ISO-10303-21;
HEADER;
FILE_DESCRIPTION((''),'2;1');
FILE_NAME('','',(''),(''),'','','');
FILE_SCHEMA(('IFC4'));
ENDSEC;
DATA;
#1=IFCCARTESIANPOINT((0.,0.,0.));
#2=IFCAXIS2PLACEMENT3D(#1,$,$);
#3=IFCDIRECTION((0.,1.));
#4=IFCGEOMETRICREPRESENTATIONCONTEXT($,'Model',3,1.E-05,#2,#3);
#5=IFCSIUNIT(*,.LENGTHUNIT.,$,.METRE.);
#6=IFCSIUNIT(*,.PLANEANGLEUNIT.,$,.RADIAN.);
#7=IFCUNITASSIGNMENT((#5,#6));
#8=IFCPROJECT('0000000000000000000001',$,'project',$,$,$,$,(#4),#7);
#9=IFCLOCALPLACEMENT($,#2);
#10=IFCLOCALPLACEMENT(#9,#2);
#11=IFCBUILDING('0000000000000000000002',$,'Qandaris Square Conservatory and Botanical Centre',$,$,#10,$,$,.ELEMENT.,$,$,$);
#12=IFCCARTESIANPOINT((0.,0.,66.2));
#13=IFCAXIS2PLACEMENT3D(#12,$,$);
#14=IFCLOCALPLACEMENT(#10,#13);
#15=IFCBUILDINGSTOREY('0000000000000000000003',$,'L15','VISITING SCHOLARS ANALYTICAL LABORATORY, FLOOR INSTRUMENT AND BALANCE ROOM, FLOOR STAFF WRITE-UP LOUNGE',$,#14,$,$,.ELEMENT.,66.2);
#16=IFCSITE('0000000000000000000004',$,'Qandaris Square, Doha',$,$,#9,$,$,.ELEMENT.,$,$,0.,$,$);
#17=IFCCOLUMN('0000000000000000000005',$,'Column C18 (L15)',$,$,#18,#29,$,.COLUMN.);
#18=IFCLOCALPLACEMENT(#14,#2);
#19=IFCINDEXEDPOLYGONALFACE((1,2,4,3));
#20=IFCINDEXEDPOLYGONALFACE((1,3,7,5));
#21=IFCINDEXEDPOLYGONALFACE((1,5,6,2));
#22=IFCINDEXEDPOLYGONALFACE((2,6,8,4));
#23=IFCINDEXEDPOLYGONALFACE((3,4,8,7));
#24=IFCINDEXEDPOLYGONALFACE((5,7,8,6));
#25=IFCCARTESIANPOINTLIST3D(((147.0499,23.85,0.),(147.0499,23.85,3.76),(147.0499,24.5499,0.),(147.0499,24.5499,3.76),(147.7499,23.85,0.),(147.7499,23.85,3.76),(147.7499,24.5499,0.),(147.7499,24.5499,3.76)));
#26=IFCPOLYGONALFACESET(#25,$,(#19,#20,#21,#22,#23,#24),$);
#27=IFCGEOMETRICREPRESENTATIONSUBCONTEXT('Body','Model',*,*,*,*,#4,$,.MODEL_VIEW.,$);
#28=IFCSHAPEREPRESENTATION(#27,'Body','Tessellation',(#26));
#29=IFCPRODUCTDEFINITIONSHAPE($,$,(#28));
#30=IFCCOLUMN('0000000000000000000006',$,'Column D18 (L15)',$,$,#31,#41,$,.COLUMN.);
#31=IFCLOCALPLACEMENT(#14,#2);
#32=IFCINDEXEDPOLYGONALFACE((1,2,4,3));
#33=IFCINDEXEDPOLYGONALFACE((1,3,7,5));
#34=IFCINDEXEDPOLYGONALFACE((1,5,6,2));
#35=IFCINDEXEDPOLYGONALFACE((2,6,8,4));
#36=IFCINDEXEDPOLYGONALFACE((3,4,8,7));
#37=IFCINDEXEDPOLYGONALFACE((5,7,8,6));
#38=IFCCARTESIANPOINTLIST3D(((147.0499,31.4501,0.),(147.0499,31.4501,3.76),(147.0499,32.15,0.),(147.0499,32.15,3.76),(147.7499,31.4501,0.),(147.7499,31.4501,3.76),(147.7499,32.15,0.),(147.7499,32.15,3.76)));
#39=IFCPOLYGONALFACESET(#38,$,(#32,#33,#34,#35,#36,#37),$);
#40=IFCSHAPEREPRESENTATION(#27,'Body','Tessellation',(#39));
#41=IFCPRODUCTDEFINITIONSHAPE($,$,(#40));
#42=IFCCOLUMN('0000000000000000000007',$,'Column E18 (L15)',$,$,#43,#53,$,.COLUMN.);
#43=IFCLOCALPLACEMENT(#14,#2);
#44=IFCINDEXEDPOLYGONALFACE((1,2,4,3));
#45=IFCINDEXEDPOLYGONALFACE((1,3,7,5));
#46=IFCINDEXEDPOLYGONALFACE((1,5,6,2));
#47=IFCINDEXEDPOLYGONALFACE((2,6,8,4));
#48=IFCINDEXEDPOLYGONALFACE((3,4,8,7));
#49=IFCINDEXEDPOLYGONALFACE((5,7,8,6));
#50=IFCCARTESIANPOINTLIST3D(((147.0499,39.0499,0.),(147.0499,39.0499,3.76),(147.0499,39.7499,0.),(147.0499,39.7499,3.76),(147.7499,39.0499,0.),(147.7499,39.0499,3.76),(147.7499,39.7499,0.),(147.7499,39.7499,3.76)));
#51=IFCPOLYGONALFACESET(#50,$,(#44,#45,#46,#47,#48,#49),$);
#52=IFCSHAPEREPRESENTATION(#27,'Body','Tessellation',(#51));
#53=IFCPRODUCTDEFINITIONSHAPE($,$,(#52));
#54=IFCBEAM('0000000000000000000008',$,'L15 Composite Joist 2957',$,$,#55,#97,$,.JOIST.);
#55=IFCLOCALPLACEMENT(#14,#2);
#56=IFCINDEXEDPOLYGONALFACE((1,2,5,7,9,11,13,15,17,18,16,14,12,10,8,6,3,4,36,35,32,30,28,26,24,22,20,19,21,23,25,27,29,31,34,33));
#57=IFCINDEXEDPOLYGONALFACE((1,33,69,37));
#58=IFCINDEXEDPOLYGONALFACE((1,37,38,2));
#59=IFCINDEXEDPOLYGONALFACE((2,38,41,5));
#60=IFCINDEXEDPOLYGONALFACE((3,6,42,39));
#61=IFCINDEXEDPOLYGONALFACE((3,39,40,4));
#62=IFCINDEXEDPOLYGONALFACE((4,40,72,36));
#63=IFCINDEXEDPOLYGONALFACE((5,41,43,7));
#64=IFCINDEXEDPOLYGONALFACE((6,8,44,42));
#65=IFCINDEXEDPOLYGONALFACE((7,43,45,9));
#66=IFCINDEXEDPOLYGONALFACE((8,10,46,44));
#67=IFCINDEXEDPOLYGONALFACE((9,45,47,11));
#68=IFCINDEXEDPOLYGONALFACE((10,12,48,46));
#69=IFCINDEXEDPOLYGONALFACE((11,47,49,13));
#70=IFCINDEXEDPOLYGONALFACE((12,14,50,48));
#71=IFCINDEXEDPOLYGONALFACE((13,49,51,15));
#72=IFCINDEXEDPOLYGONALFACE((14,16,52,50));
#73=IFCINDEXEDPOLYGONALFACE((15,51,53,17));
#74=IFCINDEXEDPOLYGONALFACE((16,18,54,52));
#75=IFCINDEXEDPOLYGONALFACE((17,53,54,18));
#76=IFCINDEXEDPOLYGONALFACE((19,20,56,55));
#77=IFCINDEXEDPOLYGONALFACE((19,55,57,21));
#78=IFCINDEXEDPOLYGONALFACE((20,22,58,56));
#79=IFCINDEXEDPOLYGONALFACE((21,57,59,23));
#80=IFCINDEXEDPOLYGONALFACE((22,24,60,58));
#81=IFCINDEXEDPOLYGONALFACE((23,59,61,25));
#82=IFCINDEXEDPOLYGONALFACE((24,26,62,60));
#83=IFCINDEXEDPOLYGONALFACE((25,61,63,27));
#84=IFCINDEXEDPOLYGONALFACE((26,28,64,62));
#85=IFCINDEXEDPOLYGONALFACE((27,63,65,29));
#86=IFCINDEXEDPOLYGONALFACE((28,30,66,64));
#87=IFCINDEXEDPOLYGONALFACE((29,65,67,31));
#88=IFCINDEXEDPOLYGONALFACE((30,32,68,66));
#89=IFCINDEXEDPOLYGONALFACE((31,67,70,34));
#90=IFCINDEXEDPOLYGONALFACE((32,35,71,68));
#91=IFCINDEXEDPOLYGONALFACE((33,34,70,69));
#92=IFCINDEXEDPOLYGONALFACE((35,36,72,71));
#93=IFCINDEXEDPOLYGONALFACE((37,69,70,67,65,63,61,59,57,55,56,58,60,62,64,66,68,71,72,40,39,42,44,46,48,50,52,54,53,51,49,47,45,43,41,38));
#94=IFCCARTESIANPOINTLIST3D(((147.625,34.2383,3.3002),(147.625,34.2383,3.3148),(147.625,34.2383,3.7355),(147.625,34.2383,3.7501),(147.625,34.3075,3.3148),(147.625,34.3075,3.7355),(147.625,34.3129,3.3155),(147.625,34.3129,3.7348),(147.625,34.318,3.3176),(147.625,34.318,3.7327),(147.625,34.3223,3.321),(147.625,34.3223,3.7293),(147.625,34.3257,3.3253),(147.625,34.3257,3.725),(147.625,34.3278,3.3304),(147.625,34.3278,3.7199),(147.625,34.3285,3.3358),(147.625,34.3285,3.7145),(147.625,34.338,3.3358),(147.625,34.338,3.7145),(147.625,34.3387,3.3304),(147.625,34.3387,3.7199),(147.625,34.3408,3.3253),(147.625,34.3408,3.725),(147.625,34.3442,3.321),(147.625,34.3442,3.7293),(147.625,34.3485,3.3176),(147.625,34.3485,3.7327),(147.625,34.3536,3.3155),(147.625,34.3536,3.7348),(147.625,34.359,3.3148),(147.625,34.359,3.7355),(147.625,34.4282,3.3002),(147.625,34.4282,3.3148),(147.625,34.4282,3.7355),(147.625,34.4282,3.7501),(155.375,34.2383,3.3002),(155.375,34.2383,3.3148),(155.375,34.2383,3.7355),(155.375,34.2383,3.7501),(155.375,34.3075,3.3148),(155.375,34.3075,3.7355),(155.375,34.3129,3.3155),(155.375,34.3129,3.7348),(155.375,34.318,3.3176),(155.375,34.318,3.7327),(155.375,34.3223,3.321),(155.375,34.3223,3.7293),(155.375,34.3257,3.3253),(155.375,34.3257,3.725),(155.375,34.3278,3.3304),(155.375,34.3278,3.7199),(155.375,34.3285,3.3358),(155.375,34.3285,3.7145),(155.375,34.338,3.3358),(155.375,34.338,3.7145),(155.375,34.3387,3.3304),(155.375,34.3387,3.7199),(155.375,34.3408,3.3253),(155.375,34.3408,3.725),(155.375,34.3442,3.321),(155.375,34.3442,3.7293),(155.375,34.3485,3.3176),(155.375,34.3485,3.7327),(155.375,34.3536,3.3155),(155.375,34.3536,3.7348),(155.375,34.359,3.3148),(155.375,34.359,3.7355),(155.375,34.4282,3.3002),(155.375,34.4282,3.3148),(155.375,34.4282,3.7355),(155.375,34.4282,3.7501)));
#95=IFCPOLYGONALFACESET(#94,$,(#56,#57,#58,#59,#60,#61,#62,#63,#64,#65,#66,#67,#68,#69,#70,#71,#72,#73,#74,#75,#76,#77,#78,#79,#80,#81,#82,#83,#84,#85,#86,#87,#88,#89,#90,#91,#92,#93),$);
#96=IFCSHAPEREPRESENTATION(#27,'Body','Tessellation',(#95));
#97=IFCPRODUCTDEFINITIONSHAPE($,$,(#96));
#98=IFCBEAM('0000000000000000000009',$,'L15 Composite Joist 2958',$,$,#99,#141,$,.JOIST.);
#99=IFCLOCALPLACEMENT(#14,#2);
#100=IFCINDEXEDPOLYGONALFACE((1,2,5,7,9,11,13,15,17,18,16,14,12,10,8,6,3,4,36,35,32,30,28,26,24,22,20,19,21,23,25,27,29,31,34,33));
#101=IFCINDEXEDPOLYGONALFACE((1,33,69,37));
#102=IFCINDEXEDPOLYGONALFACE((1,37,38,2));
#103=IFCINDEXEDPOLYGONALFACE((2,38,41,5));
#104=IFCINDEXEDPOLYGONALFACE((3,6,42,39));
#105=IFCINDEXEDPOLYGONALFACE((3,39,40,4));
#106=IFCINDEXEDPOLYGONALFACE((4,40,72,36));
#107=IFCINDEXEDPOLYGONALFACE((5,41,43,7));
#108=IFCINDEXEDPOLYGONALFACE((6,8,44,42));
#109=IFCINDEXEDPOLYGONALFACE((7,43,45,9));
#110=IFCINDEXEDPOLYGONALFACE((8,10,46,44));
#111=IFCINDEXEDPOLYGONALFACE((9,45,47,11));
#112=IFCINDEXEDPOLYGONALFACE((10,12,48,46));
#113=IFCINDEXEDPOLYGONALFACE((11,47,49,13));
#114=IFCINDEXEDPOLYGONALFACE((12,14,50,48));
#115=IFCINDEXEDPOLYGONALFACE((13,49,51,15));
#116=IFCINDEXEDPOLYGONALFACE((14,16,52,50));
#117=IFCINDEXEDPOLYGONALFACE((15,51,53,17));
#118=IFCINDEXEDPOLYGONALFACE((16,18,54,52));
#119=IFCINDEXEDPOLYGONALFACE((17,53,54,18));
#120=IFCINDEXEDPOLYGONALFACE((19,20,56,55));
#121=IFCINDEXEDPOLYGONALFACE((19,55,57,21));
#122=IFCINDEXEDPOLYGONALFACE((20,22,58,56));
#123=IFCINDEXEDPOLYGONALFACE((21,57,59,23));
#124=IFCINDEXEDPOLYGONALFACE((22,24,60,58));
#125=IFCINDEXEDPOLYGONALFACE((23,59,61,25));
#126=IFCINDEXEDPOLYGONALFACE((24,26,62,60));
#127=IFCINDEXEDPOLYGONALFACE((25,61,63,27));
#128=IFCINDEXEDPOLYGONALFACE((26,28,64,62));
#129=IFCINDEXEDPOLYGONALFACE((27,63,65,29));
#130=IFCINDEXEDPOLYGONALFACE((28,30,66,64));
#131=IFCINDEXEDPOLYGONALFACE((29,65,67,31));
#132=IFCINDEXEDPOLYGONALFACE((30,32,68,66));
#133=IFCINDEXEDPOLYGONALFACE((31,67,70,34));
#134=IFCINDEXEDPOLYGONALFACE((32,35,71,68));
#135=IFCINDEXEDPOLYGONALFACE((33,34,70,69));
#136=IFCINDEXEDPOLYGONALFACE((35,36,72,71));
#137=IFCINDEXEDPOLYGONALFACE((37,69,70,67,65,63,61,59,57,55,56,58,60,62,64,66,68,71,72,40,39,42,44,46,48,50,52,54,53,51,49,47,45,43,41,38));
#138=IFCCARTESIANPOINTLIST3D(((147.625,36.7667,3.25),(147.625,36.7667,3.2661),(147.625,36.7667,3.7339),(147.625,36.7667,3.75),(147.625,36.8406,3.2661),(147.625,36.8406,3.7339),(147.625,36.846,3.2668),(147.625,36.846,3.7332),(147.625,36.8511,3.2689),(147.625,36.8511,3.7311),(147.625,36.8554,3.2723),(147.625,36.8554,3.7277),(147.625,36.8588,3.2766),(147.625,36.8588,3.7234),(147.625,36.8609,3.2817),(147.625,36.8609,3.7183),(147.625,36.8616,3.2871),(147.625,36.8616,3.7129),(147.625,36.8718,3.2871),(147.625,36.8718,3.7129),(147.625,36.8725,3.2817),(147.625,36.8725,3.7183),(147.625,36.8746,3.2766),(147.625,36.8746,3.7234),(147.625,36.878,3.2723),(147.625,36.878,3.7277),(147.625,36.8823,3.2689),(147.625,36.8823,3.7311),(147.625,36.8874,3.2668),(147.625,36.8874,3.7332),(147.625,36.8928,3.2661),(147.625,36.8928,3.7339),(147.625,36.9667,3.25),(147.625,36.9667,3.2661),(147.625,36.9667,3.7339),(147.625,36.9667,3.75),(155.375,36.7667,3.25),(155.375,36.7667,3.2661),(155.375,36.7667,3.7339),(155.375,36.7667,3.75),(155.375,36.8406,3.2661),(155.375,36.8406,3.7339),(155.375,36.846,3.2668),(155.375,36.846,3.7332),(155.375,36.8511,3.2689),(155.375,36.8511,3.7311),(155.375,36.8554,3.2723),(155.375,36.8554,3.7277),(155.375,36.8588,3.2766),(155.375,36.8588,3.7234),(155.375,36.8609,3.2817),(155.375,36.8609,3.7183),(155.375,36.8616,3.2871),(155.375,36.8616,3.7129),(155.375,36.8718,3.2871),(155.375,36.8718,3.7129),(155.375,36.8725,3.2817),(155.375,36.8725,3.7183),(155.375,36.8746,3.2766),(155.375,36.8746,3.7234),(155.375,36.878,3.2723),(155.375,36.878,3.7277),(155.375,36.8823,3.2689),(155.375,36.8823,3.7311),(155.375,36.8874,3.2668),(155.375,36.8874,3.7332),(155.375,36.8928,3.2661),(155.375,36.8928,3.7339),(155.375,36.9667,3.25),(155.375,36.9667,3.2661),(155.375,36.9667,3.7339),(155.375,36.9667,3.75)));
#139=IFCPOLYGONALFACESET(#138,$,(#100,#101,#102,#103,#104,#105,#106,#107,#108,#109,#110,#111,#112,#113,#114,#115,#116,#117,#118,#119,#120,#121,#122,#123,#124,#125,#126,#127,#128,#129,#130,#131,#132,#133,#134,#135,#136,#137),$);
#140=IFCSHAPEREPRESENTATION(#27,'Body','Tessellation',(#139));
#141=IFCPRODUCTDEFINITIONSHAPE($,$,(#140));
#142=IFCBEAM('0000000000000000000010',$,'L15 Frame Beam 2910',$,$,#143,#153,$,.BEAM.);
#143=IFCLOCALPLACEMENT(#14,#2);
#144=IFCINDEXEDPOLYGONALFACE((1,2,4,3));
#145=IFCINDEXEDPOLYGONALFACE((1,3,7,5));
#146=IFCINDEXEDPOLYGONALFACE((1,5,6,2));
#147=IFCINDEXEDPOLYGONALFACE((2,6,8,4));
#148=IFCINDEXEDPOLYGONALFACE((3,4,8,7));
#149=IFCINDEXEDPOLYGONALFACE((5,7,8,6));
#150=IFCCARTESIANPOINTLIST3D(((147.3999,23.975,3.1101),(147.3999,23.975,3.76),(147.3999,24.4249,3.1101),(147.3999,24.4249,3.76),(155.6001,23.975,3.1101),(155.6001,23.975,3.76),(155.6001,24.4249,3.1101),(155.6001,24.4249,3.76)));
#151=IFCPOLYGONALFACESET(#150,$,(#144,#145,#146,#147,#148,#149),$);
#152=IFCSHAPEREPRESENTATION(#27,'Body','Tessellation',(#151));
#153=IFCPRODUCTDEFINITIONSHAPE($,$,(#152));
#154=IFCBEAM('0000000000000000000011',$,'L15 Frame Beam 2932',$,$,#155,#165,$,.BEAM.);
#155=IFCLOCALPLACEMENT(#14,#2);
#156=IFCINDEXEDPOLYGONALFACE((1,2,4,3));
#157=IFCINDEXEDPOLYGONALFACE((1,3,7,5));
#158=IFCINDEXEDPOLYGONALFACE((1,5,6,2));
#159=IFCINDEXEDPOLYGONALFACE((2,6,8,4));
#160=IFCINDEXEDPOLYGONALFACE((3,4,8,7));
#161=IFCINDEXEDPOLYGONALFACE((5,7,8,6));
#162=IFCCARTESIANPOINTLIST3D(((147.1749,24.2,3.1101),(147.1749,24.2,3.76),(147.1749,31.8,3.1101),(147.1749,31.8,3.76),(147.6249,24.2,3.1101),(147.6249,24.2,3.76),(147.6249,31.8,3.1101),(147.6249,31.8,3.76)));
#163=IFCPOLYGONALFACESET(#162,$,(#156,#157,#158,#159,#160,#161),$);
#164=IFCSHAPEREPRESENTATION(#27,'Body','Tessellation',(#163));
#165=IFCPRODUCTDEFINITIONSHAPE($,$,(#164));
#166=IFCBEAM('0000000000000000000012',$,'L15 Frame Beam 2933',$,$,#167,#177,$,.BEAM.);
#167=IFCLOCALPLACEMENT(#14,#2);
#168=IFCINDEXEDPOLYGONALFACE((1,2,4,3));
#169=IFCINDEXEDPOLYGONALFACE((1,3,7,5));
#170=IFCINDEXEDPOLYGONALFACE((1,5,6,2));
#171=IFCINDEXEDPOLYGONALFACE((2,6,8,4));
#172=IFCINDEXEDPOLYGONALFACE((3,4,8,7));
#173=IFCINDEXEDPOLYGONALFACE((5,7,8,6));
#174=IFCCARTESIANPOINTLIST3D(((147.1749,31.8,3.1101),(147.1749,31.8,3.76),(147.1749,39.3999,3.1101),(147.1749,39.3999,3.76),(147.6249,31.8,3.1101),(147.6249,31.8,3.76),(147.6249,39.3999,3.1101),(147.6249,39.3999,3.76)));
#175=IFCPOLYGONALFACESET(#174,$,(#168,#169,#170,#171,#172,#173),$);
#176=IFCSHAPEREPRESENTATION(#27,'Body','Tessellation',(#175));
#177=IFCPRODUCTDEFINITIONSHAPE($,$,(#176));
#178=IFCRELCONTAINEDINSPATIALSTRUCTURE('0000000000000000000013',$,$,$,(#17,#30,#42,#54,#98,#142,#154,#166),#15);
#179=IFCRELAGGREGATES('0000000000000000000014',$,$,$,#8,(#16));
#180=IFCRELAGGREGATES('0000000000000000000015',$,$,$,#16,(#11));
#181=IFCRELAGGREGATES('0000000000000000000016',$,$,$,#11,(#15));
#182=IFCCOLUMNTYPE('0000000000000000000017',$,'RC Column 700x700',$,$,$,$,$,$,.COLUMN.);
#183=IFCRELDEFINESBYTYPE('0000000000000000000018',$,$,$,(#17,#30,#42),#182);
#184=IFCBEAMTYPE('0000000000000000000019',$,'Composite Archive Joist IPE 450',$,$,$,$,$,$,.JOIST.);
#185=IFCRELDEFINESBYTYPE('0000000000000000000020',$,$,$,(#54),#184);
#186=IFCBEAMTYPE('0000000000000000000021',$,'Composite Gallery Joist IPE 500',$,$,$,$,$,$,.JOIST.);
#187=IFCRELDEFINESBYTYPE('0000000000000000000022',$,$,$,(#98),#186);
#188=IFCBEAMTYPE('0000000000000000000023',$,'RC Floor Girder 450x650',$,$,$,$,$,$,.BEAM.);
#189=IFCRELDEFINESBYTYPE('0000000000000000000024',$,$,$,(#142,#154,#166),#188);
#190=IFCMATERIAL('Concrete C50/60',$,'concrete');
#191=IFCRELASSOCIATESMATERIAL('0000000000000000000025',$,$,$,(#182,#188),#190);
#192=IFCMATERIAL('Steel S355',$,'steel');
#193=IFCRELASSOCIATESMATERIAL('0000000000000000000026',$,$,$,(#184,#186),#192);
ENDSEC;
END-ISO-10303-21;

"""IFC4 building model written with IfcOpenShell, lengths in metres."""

from ifc_helpers import new_model, si_unit, direction, frame, origin, origin_2d, place, context, subcontext, project, spatial, rectangle, i_section, extrude, material, material_profile, profile_set, type_object, element, save


model = new_model("IFC4")

# Units and contexts
model_context = context("Model", 3, precision=1e-05, world=origin(), true_north=direction((0.0, 1.0)))
body_context = subcontext(model_context, "Body", "Model", "MODEL_VIEW")
ifc_project = project(units=[si_unit("LENGTHUNIT", "METRE"), si_unit("PLANEANGLEUNIT", "RADIAN")], contexts=[model_context])

# Site, building, storey
site_placement = place(None, origin())
site = spatial("IfcSite", under=ifc_project, at=site_placement, Name="Qandaris Square, Doha", CompositionType="ELEMENT", RefElevation=0.0)
building_placement = place(site_placement, origin())
building = spatial("IfcBuilding", under=site, at=building_placement, Name="Qandaris Square Conservatory and Botanical Centre", CompositionType="ELEMENT")
storey_placement = place(building_placement, frame((0.0, 0.0, 66.2)))
storey = spatial("IfcBuildingStorey", under=building, at=storey_placement, Name="L15", Description="VISITING SCHOLARS ANALYTICAL LABORATORY, FLOOR INSTRUMENT AND BALANCE ROOM, FLOOR STAFF WRITE-UP LOUNGE", CompositionType="ELEMENT", Elevation=66.2)

# Columns
ifc_material_1 = material(Name="Concrete C50/60", Category="concrete")
ifc_material_profile_1 = material_profile(ifc_material_1, rectangle(XDim=0.7, YDim=0.7, at=origin_2d()), Name="RC-COL 700x700")
ifc_profile_set_1 = profile_set([ifc_material_profile_1], Name="Concrete C50/60")
column_type = type_object("IfcColumnType", Name="RC Column 700x700", PredefinedType="COLUMN", material=ifc_profile_set_1)
for number, where, z_axis, x_axis, name in (
    (1, (147.3999, 24.2, 0.0), (0.0, 0.0, 1.0), (1.0, 0.0, 0.0), "Column C18 (L15)"),
    (2, (147.3999, 31.8, 0.0), (0.0, 0.0, 1.0), (1.0, 0.0, 0.0), "Column D18 (L15)"),
    (3, (147.3999, 39.3999, 0.0), (0.0, 0.0, 1.0), (1.0, 0.0, 0.0), "Column E18 (L15)"),
):
    element("IfcColumn", number, at=place(storey_placement, frame(where, z_axis=z_axis, x_axis=x_axis)), inside=storey, type_object=column_type, Name=name, PredefinedType="COLUMN", context=body_context, shape_type="SweptSolid", body=[
        extrude(rectangle(XDim=0.7, YDim=0.7, at=origin_2d()), origin(), (0.0, 0.0, 1.0), 3.76),
    ])

# Beams
ifc_material_2 = material(Name="Steel S355", Category="steel")
ifc_material_profile_2 = material_profile(ifc_material_2, i_section(OverallWidth=0.1899, OverallDepth=0.45, WebThickness=0.0095, FlangeThickness=0.0146, FilletRadius=0.021, at=origin_2d()), Name="IPE 450")
ifc_profile_set_2 = profile_set([ifc_material_profile_2], Name="Steel S355")
beam_type_1 = type_object("IfcBeamType", Name="Composite Archive Joist IPE 450", PredefinedType="JOIST", material=ifc_profile_set_2)
beam_1_placement = place(storey_placement, frame((147.625, 34.3333, 3.5251), z_axis=(1.0, 0.0, 0.0), x_axis=(0.0, 1.0, 0.0)))
element("IfcBeam", 4, at=beam_1_placement, inside=storey, type_object=beam_type_1, Name="L15 Composite Joist 2957", PredefinedType="JOIST", context=body_context, shape_type="SweptSolid", body=[
    extrude(i_section(OverallWidth=0.1899, OverallDepth=0.45, WebThickness=0.0095, FlangeThickness=0.0146, FilletRadius=0.021, at=origin_2d()), origin(), (0.0, 0.0, 1.0), 7.75),
])
ifc_material_profile_3 = material_profile(ifc_material_2, i_section(OverallWidth=0.2, OverallDepth=0.5, WebThickness=0.0103, FlangeThickness=0.0161, FilletRadius=0.021, at=origin_2d()), Name="IPE 500")
ifc_profile_set_3 = profile_set([ifc_material_profile_3], Name="Steel S355")
beam_type_2 = type_object("IfcBeamType", Name="Composite Gallery Joist IPE 500", PredefinedType="JOIST", material=ifc_profile_set_3)
beam_2_placement = place(storey_placement, frame((147.625, 36.8667, 3.5), z_axis=(1.0, 0.0, 0.0), x_axis=(0.0, 1.0, 0.0)))
element("IfcBeam", 5, at=beam_2_placement, inside=storey, type_object=beam_type_2, Name="L15 Composite Joist 2958", PredefinedType="JOIST", context=body_context, shape_type="SweptSolid", body=[
    extrude(i_section(OverallWidth=0.2, OverallDepth=0.5, WebThickness=0.0103, FlangeThickness=0.0161, FilletRadius=0.021, at=origin_2d()), origin(), (0.0, 0.0, 1.0), 7.75),
])
ifc_material_profile_4 = material_profile(ifc_material_1, rectangle(XDim=0.45, YDim=0.6499, at=origin_2d()), Name="RC-BM 450x650")
ifc_profile_set_4 = profile_set([ifc_material_profile_4], Name="Concrete C50/60")
beam_type_3 = type_object("IfcBeamType", Name="RC Floor Girder 450x650", PredefinedType="BEAM", material=ifc_profile_set_4)
beam_3_placement = place(storey_placement, frame((147.3999, 24.2, 3.4351), z_axis=(1.0, 0.0, 0.0), x_axis=(0.0, 1.0, 0.0)))
element("IfcBeam", 6, at=beam_3_placement, inside=storey, type_object=beam_type_3, Name="L15 Frame Beam 2910", PredefinedType="BEAM", context=body_context, shape_type="SweptSolid", body=[
    extrude(rectangle(XDim=0.45, YDim=0.6499, at=origin_2d()), origin(), (0.0, 0.0, 1.0), 8.2002),
])
beam_4_placement = place(storey_placement, frame((147.3999, 24.2, 3.4351), z_axis=(0.0, 1.0, 0.0), x_axis=(-1.0, 0.0, 0.0)))
element("IfcBeam", 7, at=beam_4_placement, inside=storey, type_object=beam_type_3, Name="L15 Frame Beam 2932", PredefinedType="BEAM", context=body_context, shape_type="SweptSolid", body=[
    extrude(rectangle(XDim=0.45, YDim=0.6499, at=origin_2d()), origin(), (0.0, 0.0, 1.0), 7.6001),
])
beam_5_placement = place(storey_placement, frame((147.3999, 31.8, 3.4351), z_axis=(0.0, 1.0, 0.0), x_axis=(-1.0, 0.0, 0.0)))
element("IfcBeam", 8, at=beam_5_placement, inside=storey, type_object=beam_type_3, Name="L15 Frame Beam 2933", PredefinedType="BEAM", context=body_context, shape_type="SweptSolid", body=[
    extrude(rectangle(XDim=0.45, YDim=0.6499, at=origin_2d()), origin(), (0.0, 0.0, 1.0), 7.5999),
])

save(model, "model.ifc")
